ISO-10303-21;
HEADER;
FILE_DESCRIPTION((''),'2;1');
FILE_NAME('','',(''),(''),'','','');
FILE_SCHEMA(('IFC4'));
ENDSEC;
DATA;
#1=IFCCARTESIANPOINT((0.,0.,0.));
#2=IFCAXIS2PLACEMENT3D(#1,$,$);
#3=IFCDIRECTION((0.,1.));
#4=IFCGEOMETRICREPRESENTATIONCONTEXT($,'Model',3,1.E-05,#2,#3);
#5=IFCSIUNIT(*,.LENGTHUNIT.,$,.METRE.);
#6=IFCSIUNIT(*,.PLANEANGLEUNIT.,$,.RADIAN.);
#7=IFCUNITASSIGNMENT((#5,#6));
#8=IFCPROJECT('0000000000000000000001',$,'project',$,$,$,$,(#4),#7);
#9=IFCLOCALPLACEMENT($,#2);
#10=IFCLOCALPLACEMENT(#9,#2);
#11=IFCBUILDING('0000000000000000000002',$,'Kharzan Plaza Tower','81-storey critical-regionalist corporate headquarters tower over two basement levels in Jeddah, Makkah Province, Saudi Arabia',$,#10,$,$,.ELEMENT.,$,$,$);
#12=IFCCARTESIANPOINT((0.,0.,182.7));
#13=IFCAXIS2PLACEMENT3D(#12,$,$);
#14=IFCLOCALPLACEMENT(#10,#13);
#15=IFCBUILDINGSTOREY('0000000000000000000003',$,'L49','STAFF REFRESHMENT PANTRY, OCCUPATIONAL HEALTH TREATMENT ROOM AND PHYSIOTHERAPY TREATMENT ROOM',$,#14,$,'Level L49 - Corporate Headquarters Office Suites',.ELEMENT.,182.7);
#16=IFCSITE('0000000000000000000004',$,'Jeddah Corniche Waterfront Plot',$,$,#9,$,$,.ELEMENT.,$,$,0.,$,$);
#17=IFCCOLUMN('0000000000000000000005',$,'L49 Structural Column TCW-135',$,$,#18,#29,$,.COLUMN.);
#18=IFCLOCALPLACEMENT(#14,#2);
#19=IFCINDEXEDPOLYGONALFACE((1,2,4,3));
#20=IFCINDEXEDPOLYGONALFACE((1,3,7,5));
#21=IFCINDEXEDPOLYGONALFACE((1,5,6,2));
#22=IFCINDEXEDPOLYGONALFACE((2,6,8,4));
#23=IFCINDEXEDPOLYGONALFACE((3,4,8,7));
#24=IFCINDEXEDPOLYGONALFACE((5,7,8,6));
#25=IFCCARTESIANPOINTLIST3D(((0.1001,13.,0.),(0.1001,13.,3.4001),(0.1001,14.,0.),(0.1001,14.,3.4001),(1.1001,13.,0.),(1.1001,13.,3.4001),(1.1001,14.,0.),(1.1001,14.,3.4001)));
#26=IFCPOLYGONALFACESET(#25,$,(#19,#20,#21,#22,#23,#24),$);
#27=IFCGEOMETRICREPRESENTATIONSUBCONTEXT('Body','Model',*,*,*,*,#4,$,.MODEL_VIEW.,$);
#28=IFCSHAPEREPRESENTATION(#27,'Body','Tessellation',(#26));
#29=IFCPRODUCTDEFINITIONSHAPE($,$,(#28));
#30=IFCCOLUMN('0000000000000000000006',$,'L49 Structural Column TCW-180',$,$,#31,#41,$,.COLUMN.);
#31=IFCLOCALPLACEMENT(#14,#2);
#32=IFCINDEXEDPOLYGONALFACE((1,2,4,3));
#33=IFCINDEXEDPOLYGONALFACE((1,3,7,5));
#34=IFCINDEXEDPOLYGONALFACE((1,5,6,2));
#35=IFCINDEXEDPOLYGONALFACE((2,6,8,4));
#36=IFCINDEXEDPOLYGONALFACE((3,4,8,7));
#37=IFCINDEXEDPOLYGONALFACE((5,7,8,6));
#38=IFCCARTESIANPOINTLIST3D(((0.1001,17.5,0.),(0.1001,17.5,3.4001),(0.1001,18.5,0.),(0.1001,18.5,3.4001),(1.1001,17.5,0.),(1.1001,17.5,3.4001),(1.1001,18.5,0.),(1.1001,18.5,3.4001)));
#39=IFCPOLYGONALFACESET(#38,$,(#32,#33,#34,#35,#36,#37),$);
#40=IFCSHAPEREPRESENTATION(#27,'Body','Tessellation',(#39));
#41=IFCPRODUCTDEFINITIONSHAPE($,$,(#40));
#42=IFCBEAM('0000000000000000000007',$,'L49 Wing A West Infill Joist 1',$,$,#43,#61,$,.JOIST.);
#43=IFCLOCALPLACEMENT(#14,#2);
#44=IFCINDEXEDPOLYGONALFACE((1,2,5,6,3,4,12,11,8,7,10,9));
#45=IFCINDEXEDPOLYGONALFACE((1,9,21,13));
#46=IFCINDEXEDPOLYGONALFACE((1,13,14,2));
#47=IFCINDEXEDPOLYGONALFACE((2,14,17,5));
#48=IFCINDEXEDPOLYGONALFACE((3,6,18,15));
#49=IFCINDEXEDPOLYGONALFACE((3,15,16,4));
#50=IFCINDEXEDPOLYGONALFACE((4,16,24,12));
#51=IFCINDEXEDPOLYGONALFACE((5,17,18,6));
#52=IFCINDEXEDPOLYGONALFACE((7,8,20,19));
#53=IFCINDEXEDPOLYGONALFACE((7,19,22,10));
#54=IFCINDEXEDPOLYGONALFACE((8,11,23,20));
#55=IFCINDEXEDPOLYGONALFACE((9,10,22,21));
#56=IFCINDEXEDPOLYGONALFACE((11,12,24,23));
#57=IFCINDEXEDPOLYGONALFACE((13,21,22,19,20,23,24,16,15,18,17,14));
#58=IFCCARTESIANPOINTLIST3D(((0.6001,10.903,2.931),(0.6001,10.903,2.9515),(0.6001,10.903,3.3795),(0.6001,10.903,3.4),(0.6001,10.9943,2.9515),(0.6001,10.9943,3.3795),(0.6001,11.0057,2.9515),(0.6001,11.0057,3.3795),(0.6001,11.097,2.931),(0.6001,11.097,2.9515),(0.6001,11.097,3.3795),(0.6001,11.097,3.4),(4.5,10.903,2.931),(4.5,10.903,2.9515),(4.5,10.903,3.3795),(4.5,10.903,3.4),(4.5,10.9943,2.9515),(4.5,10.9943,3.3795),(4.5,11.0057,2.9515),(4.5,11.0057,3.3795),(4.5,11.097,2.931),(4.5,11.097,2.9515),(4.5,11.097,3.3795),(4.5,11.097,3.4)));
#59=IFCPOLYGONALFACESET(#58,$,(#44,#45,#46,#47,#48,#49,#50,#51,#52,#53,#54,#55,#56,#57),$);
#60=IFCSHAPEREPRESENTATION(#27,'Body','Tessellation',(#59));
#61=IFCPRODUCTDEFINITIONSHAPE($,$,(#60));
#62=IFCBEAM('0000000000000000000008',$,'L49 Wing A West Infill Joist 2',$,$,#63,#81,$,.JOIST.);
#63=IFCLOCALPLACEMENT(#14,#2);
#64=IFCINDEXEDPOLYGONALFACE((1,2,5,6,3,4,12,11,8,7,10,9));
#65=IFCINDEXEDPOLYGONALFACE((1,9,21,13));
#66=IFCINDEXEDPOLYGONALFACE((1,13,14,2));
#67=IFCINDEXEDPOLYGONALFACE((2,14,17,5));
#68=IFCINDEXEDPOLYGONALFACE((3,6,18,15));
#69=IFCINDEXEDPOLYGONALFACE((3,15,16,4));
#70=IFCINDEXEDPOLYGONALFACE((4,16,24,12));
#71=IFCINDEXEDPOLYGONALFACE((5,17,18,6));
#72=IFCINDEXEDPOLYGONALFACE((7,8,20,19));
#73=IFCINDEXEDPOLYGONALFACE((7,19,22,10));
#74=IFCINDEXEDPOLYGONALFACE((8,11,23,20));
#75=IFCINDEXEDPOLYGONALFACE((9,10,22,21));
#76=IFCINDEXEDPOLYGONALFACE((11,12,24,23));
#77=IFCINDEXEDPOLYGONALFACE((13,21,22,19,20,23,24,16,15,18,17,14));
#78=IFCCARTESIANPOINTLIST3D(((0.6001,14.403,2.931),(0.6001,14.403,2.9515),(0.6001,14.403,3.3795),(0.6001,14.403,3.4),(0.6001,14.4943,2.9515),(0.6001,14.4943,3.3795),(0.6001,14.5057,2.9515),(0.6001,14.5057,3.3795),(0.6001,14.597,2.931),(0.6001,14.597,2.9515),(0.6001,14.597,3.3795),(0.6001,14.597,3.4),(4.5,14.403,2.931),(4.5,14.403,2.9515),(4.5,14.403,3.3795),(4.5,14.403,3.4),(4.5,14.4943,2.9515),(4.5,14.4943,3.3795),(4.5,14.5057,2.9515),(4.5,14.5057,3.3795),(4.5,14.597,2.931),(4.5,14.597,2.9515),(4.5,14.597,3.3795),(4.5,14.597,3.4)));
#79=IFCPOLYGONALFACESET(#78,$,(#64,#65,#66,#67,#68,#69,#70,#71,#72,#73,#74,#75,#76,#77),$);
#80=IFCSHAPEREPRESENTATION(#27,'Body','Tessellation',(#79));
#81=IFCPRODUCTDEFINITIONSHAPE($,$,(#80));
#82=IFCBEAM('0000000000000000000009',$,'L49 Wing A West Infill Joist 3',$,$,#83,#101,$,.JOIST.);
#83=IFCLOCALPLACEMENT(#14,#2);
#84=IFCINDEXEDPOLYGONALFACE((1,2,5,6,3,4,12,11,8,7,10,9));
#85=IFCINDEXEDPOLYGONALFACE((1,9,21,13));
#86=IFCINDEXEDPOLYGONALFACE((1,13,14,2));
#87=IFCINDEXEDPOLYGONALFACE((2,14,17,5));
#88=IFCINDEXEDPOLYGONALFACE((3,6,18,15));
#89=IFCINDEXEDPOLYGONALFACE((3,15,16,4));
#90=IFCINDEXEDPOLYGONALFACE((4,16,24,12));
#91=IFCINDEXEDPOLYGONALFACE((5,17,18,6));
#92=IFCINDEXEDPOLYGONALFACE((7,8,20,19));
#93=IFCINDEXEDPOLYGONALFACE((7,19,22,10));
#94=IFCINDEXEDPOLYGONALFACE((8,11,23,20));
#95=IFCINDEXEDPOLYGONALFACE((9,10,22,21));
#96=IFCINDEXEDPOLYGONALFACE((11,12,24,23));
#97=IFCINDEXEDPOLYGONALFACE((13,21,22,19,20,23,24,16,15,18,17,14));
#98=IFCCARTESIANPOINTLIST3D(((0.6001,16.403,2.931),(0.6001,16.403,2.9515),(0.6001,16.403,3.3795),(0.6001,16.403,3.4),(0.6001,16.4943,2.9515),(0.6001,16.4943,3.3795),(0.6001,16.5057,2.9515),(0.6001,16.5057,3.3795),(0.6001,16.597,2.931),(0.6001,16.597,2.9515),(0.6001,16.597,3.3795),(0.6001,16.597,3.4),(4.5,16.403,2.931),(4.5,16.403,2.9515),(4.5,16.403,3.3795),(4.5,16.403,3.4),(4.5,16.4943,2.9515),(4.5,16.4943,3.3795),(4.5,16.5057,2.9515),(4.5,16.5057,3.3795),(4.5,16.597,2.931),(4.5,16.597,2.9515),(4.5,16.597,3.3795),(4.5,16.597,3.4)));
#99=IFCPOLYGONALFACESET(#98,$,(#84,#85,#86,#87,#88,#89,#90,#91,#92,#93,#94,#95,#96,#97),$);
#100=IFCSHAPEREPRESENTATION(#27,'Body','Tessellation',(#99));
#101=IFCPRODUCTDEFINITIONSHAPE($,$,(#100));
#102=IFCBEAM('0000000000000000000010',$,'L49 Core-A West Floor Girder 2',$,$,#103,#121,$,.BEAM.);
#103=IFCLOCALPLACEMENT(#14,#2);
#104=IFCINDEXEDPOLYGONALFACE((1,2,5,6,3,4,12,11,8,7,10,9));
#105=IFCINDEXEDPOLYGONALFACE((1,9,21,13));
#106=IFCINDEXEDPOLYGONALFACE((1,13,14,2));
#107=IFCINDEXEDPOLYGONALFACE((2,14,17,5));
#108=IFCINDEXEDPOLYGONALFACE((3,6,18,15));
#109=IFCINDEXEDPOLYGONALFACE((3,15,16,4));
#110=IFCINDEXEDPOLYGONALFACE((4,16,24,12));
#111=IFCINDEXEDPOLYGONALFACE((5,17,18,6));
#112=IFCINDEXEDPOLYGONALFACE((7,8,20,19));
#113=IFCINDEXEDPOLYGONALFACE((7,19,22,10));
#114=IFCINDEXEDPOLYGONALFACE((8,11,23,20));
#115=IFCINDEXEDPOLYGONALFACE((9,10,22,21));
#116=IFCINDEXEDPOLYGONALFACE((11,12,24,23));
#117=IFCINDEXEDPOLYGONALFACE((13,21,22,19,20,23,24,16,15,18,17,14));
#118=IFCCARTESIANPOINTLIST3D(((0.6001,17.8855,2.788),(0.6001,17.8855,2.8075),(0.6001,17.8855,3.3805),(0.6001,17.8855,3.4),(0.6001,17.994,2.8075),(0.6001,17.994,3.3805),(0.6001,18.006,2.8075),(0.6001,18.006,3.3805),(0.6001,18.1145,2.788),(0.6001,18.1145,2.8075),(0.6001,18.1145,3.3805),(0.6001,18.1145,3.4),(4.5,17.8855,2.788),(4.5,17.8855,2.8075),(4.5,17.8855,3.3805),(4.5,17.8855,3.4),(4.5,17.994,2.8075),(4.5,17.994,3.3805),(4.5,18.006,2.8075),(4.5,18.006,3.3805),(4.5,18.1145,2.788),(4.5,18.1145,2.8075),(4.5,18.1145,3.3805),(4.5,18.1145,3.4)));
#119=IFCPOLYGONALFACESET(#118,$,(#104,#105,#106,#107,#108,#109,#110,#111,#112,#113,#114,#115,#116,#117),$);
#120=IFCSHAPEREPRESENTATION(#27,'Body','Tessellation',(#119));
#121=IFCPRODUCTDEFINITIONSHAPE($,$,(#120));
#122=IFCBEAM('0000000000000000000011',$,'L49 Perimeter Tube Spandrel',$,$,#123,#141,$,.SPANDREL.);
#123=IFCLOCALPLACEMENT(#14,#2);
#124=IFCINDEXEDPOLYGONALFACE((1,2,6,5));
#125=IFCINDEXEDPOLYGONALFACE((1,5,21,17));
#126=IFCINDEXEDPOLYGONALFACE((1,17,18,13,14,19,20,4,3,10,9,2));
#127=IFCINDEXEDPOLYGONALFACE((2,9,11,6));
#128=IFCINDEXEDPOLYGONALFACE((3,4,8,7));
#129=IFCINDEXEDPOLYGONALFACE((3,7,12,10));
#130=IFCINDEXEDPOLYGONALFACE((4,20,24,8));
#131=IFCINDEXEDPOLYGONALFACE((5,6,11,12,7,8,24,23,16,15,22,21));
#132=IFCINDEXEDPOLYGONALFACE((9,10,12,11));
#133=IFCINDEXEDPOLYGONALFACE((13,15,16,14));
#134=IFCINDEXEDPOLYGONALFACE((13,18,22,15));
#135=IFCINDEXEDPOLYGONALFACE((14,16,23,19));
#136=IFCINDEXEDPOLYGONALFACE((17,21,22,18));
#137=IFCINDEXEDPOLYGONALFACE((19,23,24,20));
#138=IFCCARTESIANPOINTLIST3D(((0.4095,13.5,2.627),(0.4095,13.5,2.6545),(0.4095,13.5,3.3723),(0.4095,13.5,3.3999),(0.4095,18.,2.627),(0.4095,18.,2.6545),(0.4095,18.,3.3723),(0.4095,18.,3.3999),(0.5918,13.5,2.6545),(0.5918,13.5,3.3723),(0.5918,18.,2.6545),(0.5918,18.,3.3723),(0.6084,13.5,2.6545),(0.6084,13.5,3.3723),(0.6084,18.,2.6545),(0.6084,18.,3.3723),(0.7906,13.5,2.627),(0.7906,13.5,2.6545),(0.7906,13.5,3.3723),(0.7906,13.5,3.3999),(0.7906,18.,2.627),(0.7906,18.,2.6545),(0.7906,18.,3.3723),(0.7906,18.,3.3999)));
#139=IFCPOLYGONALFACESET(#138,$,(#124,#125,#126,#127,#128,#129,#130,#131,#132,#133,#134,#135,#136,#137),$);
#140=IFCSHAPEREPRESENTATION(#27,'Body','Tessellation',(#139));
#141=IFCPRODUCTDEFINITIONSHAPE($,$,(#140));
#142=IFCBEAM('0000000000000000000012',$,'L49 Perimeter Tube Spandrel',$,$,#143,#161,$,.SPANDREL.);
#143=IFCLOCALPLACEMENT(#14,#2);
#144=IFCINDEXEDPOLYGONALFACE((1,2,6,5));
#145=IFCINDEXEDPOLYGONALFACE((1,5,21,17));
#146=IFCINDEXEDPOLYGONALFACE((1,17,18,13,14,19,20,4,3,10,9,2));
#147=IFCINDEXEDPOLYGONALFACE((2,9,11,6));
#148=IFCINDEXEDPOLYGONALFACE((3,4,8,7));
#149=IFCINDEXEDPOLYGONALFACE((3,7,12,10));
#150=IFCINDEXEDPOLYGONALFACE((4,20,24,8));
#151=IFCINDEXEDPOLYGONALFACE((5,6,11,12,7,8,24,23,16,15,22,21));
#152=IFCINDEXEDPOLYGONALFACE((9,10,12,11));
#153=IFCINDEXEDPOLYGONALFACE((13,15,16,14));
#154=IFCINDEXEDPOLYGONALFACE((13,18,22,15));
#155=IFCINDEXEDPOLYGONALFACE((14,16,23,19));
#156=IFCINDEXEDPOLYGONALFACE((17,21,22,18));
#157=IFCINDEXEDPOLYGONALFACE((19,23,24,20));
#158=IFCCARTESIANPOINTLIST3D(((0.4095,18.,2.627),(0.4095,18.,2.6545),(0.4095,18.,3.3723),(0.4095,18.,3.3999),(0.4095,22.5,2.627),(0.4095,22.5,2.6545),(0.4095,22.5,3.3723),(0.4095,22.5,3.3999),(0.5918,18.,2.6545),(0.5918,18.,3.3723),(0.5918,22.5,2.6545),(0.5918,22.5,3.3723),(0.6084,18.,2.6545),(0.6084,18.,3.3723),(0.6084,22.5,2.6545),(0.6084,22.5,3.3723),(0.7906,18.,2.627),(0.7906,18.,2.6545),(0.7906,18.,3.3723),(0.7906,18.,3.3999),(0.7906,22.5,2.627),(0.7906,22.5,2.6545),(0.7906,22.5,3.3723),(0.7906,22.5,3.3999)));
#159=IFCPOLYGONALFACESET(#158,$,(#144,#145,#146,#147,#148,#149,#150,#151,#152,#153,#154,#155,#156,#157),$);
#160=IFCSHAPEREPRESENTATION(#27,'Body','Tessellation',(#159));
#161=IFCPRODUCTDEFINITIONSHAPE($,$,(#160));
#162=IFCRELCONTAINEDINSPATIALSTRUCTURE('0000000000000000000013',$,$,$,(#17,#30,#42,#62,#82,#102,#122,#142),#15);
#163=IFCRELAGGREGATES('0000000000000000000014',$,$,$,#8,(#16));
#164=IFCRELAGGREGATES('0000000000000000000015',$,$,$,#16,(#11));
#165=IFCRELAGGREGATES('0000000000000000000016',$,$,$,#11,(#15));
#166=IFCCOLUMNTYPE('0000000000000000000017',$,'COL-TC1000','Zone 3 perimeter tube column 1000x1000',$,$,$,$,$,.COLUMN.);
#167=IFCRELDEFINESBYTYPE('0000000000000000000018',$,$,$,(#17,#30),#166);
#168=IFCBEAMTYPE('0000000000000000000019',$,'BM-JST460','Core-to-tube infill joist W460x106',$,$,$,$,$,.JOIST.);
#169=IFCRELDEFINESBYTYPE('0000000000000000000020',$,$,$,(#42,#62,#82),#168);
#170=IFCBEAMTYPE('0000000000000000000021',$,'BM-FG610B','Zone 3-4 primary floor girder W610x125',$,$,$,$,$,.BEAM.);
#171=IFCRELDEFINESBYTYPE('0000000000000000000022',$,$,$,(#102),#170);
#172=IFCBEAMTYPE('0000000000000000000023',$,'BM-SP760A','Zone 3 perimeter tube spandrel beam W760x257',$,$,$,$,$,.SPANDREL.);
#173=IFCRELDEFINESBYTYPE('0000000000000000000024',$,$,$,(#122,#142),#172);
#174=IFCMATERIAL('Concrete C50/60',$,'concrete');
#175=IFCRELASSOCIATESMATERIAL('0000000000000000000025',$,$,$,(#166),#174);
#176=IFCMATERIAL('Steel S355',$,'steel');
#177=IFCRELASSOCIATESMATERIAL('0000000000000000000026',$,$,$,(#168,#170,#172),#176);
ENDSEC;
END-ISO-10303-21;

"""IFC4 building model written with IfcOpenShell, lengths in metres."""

from ifc_helpers import new_model, si_unit, direction, frame, origin, origin_2d, place, context, subcontext, project, spatial, rectangle, i_section, extrude, source, transform, mapped, material, material_profile, profile_set, type_object, element, save


model = new_model("IFC4")

# Units and contexts
model_context = context("Model", 3, precision=1e-05, world=origin(), true_north=direction((0.0, 1.0)))
body_context = subcontext(model_context, "Body", "Model", "MODEL_VIEW")
ifc_project = project(units=[si_unit("LENGTHUNIT", "METRE"), si_unit("PLANEANGLEUNIT", "RADIAN")], contexts=[model_context])

# Site, building, storey
site_placement = place(None, origin())
site = spatial("IfcSite", under=ifc_project, at=site_placement, Name="Jeddah Corniche Waterfront Plot", CompositionType="ELEMENT", RefElevation=0.0)
building_placement = place(site_placement, origin())
building = spatial("IfcBuilding", under=site, at=building_placement, Name="Kharzan Plaza Tower", Description="81-storey critical-regionalist corporate headquarters tower over two basement levels in Jeddah, Makkah Province, Saudi Arabia", CompositionType="ELEMENT")
storey_placement = place(building_placement, frame((0.0, 0.0, 182.7)))
storey = spatial("IfcBuildingStorey", under=building, at=storey_placement, Name="L49", Description="STAFF REFRESHMENT PANTRY, OCCUPATIONAL HEALTH TREATMENT ROOM AND PHYSIOTHERAPY TREATMENT ROOM", LongName="Level L49 - Corporate Headquarters Office Suites", CompositionType="ELEMENT", Elevation=182.7)

# Columns
ifc_material_1 = material(Name="Concrete C50/60", Category="concrete")
ifc_material_profile_1 = material_profile(ifc_material_1, rectangle(XDim=1.0, YDim=1.0, at=origin_2d()), Name="RC-TC1000x1000")
ifc_profile_set_1 = profile_set([ifc_material_profile_1], Name="Concrete C50/60")
column_type = type_object("IfcColumnType", Name="COL-TC1000", Description="Zone 3 perimeter tube column 1000x1000", PredefinedType="COLUMN", material=ifc_profile_set_1)
shared_shape_1 = source(origin(), body_context, "Body", "SweptSolid", [
    extrude(rectangle(XDim=1.0, YDim=1.0, at=origin_2d()), origin(), (0.0, 0.0, 1.0), 3.4001),
])
for number, where, z_axis, x_axis, name in (
    (1, (0.6001, 13.5, 0.0), (0.0, 0.0, 1.0), (1.0, 0.0, 0.0), "L49 Structural Column TCW-135"),
    (2, (0.6001, 18.0, 0.0), (0.0, 0.0, 1.0), (1.0, 0.0, 0.0), "L49 Structural Column TCW-180"),
):
    element("IfcColumn", number, at=place(storey_placement, frame(where, z_axis=z_axis, x_axis=x_axis)), inside=storey, type_object=column_type, Name=name, PredefinedType="COLUMN", context=body_context, shape_type="MappedRepresentation", body=[
        mapped(shared_shape_1, transform((0.0, 0.0, 0.0), x_axis=(1.0, 0.0, 0.0), y_axis=(0.0, 1.0, 0.0), z_axis=(0.0, 0.0, 1.0))),
    ])

# Beams
ifc_material_2 = material(Name="Steel S355", Category="steel")
ifc_material_profile_2 = material_profile(ifc_material_2, i_section(OverallWidth=0.1941, OverallDepth=0.469, WebThickness=0.0115, FlangeThickness=0.0205, at=origin_2d()), Name="W460x106")
ifc_profile_set_2 = profile_set([ifc_material_profile_2], Name="Steel S355")
beam_type_1 = type_object("IfcBeamType", Name="BM-JST460", Description="Core-to-tube infill joist W460x106", PredefinedType="JOIST", material=ifc_profile_set_2)
shared_shape_2 = source(origin(), body_context, "Body", "SweptSolid", [
    extrude(i_section(OverallWidth=0.1941, OverallDepth=0.469, WebThickness=0.0115, FlangeThickness=0.0205, at=origin_2d()), origin(), (0.0, 0.0, 1.0), 3.8999),
])
for number, where, z_axis, x_axis, name in (
    (3, (0.6001, 11.0, 3.1655), (1.0, 0.0, 0.0), (0.0, 1.0, 0.0), "L49 Wing A West Infill Joist 1"),
    (4, (0.6001, 14.5, 3.1655), (1.0, 0.0, 0.0), (0.0, 1.0, 0.0), "L49 Wing A West Infill Joist 2"),
    (5, (0.6001, 16.5, 3.1655), (1.0, 0.0, 0.0), (0.0, 1.0, 0.0), "L49 Wing A West Infill Joist 3"),
):
    element("IfcBeam", number, at=place(storey_placement, frame(where, z_axis=z_axis, x_axis=x_axis)), inside=storey, type_object=beam_type_1, Name=name, PredefinedType="JOIST", context=body_context, shape_type="MappedRepresentation", body=[
        mapped(shared_shape_2, transform((0.0, 0.0, 0.0), x_axis=(1.0, 0.0, 0.0), y_axis=(0.0, 1.0, 0.0), z_axis=(0.0, 0.0, 1.0))),
    ])
ifc_material_profile_3 = material_profile(ifc_material_2, i_section(OverallWidth=0.229, OverallDepth=0.6121, WebThickness=0.012, FlangeThickness=0.0195, at=origin_2d()), Name="W610x125")
ifc_profile_set_3 = profile_set([ifc_material_profile_3], Name="Steel S355")
beam_type_2 = type_object("IfcBeamType", Name="BM-FG610B", Description="Zone 3-4 primary floor girder W610x125", PredefinedType="BEAM", material=ifc_profile_set_3)
shared_shape_3 = source(origin(), body_context, "Body", "SweptSolid", [
    extrude(i_section(OverallWidth=0.229, OverallDepth=0.6121, WebThickness=0.012, FlangeThickness=0.0195, at=origin_2d()), origin(), (0.0, 0.0, 1.0), 3.8999),
])
beam_placement = place(storey_placement, frame((0.6001, 18.0, 3.094), z_axis=(1.0, 0.0, 0.0), x_axis=(0.0, 1.0, 0.0)))
element("IfcBeam", 6, at=beam_placement, inside=storey, type_object=beam_type_2, Name="L49 Core-A West Floor Girder 2", PredefinedType="BEAM", context=body_context, shape_type="MappedRepresentation", body=[
    mapped(shared_shape_3, transform((0.0, 0.0, 0.0), x_axis=(1.0, 0.0, 0.0), y_axis=(0.0, 1.0, 0.0), z_axis=(0.0, 0.0, 1.0))),
])
ifc_material_profile_4 = material_profile(ifc_material_2, i_section(OverallWidth=0.3811, OverallDepth=0.7729, WebThickness=0.0166, FlangeThickness=0.0276, at=origin_2d()), Name="W760x257")
ifc_profile_set_4 = profile_set([ifc_material_profile_4], Name="Steel S355")
beam_type_3 = type_object("IfcBeamType", Name="BM-SP760A", Description="Zone 3 perimeter tube spandrel beam W760x257", PredefinedType="SPANDREL", material=ifc_profile_set_4)
shared_shape_4 = source(origin(), body_context, "Body", "SweptSolid", [
    extrude(i_section(OverallWidth=0.3811, OverallDepth=0.7729, WebThickness=0.0166, FlangeThickness=0.0276, at=origin_2d()), origin(), (0.0, 0.0, 1.0), 4.5),
])
for number, where, z_axis, x_axis, name in (
    (7, (0.6001, 13.5, 3.0134), (0.0, 1.0, 0.0), (-1.0, 0.0, 0.0), "L49 Perimeter Tube Spandrel"),
    (8, (0.6001, 18.0, 3.0134), (0.0, 1.0, 0.0), (-1.0, 0.0, 0.0), "L49 Perimeter Tube Spandrel"),
):
    element("IfcBeam", number, at=place(storey_placement, frame(where, z_axis=z_axis, x_axis=x_axis)), inside=storey, type_object=beam_type_3, Name=name, PredefinedType="SPANDREL", context=body_context, shape_type="MappedRepresentation", body=[
        mapped(shared_shape_4, transform((0.0, 0.0, 0.0), x_axis=(1.0, 0.0, 0.0), y_axis=(0.0, 1.0, 0.0), z_axis=(0.0, 0.0, 1.0))),
    ])

save(model, "model.ifc")
